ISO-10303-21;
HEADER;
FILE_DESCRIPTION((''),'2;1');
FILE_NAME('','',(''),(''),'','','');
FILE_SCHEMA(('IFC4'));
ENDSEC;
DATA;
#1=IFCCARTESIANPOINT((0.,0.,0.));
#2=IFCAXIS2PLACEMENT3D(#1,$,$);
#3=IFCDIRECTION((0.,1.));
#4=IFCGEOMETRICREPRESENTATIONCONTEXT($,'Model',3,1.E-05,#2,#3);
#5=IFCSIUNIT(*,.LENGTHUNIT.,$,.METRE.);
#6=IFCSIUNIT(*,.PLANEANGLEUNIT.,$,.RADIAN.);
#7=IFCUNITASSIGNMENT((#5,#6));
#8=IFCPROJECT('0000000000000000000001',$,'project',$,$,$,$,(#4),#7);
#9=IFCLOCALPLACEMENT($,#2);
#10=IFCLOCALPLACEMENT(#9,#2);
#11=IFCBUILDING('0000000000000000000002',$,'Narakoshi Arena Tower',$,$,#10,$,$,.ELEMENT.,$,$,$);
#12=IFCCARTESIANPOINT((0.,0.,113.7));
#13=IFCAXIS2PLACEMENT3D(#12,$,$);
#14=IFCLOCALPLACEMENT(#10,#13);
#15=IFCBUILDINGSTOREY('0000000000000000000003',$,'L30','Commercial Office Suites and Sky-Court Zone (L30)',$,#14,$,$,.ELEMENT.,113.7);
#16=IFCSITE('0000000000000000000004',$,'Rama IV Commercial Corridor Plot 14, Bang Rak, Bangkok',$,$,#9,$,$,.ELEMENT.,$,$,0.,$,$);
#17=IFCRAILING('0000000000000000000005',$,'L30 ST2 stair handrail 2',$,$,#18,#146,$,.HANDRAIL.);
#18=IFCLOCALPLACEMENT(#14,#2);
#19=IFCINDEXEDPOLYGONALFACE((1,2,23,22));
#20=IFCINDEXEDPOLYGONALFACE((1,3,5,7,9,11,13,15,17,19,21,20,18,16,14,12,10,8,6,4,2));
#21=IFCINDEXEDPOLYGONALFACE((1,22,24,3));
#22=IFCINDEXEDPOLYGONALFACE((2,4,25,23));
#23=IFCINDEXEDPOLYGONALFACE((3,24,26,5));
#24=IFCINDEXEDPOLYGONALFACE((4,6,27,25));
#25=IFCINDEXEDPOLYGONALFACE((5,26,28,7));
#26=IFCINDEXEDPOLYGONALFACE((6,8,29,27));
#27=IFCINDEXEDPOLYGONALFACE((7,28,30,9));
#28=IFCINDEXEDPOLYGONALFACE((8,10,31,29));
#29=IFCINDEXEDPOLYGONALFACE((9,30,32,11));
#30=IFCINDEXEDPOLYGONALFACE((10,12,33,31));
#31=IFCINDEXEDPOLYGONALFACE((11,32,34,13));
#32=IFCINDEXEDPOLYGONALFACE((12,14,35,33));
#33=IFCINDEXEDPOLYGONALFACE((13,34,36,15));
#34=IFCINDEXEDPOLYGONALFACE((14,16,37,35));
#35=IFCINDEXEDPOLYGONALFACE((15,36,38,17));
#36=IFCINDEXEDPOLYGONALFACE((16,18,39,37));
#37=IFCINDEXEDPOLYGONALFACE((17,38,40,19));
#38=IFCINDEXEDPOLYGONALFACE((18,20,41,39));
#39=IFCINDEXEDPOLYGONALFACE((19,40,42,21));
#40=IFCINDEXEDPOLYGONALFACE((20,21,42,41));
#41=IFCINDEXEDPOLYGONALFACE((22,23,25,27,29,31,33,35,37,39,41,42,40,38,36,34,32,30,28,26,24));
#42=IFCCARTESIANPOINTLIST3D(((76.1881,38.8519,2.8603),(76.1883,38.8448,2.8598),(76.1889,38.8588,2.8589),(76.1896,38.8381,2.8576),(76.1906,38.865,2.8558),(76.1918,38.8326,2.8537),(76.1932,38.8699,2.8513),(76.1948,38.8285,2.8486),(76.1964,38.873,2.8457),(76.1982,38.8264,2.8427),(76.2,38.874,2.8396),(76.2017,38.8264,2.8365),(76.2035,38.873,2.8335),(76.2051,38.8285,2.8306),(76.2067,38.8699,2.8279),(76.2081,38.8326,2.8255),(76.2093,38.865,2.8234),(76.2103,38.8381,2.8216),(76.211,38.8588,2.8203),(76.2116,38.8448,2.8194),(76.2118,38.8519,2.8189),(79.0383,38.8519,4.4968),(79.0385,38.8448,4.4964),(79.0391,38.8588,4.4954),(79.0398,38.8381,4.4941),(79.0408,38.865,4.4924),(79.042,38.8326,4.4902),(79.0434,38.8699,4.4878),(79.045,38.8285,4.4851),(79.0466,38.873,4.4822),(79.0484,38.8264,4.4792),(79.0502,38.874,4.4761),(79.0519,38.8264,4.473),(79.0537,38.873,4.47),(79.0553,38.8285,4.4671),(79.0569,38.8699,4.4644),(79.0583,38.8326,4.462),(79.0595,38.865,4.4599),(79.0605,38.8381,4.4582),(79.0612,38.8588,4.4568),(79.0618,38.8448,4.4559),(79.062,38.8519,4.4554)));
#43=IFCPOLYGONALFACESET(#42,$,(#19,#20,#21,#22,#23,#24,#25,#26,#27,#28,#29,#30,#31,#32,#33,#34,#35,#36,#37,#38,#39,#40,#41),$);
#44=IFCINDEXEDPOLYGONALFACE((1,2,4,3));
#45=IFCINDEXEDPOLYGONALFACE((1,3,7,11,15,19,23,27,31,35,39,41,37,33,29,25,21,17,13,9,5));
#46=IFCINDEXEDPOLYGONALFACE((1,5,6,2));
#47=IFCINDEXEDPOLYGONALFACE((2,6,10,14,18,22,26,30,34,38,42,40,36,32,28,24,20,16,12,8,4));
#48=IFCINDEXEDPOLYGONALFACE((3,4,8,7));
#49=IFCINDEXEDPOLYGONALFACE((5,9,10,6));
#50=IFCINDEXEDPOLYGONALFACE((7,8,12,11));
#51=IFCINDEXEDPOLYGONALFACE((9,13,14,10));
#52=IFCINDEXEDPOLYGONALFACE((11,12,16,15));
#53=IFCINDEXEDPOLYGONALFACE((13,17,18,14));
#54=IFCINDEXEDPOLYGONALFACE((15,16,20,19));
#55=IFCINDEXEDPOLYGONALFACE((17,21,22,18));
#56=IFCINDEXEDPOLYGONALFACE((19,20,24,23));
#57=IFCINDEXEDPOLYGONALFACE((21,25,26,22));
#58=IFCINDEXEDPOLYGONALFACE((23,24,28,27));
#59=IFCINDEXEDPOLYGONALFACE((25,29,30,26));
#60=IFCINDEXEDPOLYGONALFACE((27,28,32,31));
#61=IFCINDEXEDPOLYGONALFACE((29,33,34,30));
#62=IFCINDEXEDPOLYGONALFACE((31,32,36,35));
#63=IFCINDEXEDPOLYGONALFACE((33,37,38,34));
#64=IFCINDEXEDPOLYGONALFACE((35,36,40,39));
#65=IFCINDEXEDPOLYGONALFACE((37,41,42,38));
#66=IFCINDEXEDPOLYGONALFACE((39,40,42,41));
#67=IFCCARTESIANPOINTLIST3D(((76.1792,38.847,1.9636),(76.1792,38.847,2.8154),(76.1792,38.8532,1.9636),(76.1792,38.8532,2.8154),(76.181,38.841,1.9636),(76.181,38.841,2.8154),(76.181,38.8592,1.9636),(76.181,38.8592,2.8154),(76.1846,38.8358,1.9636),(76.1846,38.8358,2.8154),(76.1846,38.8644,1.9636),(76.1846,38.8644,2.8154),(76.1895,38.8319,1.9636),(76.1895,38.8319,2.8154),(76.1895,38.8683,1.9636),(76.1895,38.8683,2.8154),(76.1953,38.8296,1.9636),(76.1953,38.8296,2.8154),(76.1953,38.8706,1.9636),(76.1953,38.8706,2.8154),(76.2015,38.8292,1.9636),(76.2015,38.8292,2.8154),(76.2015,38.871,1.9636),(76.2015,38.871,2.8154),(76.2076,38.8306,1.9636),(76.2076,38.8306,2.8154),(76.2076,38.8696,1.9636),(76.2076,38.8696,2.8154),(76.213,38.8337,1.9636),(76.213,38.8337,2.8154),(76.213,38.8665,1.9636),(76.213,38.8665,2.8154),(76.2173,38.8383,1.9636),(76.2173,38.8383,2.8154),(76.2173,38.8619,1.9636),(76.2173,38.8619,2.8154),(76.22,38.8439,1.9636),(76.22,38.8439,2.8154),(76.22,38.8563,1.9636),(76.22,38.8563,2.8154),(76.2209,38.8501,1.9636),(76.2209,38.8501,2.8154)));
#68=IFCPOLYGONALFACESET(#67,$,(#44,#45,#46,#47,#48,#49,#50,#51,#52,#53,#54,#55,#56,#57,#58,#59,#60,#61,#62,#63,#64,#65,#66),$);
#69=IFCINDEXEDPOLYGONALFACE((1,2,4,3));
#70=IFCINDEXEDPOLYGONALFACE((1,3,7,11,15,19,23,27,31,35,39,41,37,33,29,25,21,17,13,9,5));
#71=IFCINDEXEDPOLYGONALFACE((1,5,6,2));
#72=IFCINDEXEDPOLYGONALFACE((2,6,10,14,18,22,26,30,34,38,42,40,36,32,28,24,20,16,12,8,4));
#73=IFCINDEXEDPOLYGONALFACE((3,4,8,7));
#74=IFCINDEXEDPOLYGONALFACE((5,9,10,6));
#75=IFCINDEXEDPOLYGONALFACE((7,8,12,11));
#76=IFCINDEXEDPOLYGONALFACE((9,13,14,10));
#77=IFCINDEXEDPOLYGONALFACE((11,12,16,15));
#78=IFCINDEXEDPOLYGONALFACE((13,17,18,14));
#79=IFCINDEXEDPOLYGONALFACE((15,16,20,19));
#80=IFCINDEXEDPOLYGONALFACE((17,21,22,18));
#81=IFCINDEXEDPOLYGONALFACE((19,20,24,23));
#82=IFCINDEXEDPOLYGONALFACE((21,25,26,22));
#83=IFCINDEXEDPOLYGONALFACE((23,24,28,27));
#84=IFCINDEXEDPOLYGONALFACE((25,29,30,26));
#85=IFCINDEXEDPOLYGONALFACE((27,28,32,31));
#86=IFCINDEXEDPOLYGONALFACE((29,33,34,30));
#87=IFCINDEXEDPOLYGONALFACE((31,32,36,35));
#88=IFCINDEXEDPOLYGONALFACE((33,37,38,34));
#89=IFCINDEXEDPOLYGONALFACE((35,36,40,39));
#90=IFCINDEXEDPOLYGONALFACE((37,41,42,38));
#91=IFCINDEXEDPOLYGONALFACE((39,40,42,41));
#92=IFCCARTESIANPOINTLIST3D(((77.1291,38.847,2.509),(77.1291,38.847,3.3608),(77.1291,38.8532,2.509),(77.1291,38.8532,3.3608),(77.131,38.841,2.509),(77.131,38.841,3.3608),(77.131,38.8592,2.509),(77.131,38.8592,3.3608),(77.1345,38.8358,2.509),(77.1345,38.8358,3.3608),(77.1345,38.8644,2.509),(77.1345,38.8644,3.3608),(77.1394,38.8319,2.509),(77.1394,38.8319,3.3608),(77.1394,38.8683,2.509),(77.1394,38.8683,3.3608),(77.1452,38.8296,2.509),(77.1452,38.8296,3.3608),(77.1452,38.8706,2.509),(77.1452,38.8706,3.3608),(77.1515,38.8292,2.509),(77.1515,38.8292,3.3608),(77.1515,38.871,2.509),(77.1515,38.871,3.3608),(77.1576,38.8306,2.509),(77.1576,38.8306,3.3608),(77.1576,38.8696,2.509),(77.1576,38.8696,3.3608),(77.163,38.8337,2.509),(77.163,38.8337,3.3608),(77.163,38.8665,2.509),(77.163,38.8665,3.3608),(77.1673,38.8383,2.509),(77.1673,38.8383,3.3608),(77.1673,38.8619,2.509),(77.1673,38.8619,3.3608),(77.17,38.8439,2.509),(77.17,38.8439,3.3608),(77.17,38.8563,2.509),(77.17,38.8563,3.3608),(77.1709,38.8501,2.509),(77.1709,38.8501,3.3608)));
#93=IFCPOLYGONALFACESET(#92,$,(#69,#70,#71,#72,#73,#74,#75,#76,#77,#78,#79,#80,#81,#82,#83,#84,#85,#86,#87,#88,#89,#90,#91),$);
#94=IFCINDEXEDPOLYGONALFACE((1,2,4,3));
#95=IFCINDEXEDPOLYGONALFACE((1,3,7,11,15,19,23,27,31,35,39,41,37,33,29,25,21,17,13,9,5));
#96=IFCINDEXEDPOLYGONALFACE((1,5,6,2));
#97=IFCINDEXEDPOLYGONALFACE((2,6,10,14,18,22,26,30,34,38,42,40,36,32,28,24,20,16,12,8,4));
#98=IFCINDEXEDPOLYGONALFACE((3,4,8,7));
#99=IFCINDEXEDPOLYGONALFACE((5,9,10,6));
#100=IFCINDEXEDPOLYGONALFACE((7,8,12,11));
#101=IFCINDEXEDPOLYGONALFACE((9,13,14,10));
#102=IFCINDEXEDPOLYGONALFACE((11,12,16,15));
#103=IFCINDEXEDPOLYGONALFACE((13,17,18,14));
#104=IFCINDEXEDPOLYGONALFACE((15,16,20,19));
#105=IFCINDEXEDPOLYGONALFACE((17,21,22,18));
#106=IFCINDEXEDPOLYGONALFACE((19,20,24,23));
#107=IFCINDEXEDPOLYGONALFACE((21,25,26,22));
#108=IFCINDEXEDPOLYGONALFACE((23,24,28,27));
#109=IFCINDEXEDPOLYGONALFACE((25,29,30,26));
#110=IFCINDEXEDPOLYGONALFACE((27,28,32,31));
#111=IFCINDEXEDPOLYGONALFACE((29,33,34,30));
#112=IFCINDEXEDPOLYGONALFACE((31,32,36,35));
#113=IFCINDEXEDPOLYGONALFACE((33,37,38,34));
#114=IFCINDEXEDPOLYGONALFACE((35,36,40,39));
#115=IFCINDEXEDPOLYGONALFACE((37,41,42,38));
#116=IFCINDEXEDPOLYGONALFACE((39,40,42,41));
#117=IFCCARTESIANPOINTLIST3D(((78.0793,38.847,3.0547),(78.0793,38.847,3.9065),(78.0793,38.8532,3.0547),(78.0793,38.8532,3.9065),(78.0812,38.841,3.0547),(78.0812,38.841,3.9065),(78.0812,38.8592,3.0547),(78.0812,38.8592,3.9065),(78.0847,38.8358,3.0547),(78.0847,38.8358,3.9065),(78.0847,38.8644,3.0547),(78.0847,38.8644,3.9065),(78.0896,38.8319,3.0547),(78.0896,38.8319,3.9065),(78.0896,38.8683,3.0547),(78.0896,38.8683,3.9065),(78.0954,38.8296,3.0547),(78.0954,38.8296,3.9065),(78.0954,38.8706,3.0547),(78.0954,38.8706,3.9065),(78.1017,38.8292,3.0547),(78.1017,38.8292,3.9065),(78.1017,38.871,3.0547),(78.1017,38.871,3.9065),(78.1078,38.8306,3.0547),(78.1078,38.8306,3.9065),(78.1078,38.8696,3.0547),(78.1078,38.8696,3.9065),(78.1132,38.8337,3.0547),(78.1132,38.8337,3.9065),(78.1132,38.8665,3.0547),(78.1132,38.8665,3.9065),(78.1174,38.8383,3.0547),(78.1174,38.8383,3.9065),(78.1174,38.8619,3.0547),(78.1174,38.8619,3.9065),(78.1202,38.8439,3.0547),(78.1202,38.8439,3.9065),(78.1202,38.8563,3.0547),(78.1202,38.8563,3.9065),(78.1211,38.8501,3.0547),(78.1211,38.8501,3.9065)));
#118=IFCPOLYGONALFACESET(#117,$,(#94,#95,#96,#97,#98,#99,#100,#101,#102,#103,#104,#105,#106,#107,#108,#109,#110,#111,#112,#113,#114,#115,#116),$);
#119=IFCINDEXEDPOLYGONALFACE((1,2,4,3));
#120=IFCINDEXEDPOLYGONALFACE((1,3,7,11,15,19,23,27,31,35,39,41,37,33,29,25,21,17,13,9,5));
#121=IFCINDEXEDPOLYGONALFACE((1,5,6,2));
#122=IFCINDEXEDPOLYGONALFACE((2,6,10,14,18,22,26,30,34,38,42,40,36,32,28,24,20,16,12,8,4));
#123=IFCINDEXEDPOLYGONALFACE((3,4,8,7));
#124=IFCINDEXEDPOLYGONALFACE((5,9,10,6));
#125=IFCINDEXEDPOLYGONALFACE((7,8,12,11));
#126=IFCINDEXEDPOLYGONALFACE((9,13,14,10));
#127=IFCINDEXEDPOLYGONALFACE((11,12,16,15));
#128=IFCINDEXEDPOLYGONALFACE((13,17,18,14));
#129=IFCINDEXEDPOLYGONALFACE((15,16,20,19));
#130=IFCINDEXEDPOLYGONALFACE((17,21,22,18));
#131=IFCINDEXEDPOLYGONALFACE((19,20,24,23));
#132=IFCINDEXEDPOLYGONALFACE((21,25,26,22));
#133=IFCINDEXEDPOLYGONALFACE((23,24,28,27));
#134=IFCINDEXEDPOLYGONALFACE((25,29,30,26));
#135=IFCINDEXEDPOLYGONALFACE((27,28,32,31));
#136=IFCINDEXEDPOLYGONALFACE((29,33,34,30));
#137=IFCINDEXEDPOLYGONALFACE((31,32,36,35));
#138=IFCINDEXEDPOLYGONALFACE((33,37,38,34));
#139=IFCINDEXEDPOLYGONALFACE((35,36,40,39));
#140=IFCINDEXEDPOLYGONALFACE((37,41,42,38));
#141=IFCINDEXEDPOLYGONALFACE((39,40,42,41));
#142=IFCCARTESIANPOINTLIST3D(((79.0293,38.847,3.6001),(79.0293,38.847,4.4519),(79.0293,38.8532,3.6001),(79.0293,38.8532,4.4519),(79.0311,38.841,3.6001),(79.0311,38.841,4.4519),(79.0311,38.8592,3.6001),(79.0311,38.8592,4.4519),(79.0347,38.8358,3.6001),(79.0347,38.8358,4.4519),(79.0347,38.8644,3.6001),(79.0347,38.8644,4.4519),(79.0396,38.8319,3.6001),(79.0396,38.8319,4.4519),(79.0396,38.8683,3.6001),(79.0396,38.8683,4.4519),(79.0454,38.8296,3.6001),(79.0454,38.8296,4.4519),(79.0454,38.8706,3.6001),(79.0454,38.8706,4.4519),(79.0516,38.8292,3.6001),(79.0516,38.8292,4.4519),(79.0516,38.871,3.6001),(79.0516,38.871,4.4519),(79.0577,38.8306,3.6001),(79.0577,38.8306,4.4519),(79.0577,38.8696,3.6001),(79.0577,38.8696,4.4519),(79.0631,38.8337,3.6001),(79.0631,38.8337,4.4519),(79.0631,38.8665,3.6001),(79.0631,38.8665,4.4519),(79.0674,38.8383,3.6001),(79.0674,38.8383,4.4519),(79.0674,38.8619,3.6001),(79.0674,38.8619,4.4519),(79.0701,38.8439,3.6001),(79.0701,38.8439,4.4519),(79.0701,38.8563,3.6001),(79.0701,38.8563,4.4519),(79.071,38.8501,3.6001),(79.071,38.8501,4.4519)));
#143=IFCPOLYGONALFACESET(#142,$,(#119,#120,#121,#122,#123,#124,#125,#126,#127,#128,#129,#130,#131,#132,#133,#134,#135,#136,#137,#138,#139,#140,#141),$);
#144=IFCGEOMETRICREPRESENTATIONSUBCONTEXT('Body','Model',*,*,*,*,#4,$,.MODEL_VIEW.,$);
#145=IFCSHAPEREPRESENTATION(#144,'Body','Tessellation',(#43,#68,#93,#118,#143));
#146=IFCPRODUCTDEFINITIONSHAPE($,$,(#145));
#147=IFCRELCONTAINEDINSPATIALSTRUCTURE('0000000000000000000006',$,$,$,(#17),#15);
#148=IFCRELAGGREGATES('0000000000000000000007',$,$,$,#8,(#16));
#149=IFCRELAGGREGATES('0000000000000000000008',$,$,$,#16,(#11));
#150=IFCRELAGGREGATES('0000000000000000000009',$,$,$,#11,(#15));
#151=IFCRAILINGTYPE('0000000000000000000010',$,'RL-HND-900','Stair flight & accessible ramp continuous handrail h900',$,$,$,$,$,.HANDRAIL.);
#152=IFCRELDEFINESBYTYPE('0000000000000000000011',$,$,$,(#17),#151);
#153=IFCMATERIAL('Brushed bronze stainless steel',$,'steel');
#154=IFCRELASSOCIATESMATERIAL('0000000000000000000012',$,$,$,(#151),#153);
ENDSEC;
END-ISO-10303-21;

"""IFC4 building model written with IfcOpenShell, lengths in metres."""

from ifc_helpers import new_model, si_unit, direction, frame, origin, origin_2d, place, context, subcontext, project, spatial, circle, extrude, material, type_object, element, save


model = new_model("IFC4")

# Units and contexts
model_context = context("Model", 3, precision=1e-05, world=origin(), true_north=direction((0.0, 1.0)))
body_context = subcontext(model_context, "Body", "Model", "MODEL_VIEW")
ifc_project = project(units=[si_unit("LENGTHUNIT", "METRE"), si_unit("PLANEANGLEUNIT", "RADIAN")], contexts=[model_context])

# Site, building, storey
site_placement = place(None, origin())
site = spatial("IfcSite", under=ifc_project, at=site_placement, Name="Rama IV Commercial Corridor Plot 14, Bang Rak, Bangkok", CompositionType="ELEMENT", RefElevation=0.0)
building_placement = place(site_placement, origin())
building = spatial("IfcBuilding", under=site, at=building_placement, Name="Narakoshi Arena Tower", CompositionType="ELEMENT")
storey_placement = place(building_placement, frame((0.0, 0.0, 113.7)))
storey = spatial("IfcBuildingStorey", under=building, at=storey_placement, Name="L30", Description="Commercial Office Suites and Sky-Court Zone (L30)", CompositionType="ELEMENT", Elevation=113.7)

# Shared definitions
ifc_material_1 = material(Name="Brushed bronze stainless steel", Category="steel")

# Railing
railing_type_1 = type_object("IfcRailingType", Name="RL-HND-900", Description="Stair flight & accessible ramp continuous handrail h900", PredefinedType="HANDRAIL", material=ifc_material_1)
for number, where, name in (
    (1, (76.2, 38.8501, 1.9636), "L30 ST2 stair handrail 2"),
):
    element("IfcRailing", number, at=place(storey_placement, frame(where)), inside=storey, type_object=railing_type_1, Name=name, PredefinedType="HANDRAIL", context=body_context, shape_type="SweptSolid", body=[
        extrude(circle(Radius=0.0239, at=origin_2d()), frame((0.0, 0.0, 0.876), z_axis=(0.867213, 0.0, 0.497938), x_axis=(0.0, 1.0, 0.0)), (0.0, 0.0, 1.0), 3.2866),
        extrude(circle(Radius=0.021, at=origin_2d()), origin(), (0.0, 0.0, 1.0), 0.8518),
        extrude(circle(Radius=0.021, at=origin_2d()), frame((0.95, 0.0, 0.5454)), (0.0, 0.0, 1.0), 0.8518),
        extrude(circle(Radius=0.021, at=origin_2d()), frame((1.9001, 0.0, 1.0911)), (0.0, 0.0, 1.0), 0.8518),
        extrude(circle(Radius=0.021, at=origin_2d()), frame((2.8501, 0.0, 1.6365)), (0.0, 0.0, 1.0), 0.8518),
    ])

save(model, "model.ifc")
